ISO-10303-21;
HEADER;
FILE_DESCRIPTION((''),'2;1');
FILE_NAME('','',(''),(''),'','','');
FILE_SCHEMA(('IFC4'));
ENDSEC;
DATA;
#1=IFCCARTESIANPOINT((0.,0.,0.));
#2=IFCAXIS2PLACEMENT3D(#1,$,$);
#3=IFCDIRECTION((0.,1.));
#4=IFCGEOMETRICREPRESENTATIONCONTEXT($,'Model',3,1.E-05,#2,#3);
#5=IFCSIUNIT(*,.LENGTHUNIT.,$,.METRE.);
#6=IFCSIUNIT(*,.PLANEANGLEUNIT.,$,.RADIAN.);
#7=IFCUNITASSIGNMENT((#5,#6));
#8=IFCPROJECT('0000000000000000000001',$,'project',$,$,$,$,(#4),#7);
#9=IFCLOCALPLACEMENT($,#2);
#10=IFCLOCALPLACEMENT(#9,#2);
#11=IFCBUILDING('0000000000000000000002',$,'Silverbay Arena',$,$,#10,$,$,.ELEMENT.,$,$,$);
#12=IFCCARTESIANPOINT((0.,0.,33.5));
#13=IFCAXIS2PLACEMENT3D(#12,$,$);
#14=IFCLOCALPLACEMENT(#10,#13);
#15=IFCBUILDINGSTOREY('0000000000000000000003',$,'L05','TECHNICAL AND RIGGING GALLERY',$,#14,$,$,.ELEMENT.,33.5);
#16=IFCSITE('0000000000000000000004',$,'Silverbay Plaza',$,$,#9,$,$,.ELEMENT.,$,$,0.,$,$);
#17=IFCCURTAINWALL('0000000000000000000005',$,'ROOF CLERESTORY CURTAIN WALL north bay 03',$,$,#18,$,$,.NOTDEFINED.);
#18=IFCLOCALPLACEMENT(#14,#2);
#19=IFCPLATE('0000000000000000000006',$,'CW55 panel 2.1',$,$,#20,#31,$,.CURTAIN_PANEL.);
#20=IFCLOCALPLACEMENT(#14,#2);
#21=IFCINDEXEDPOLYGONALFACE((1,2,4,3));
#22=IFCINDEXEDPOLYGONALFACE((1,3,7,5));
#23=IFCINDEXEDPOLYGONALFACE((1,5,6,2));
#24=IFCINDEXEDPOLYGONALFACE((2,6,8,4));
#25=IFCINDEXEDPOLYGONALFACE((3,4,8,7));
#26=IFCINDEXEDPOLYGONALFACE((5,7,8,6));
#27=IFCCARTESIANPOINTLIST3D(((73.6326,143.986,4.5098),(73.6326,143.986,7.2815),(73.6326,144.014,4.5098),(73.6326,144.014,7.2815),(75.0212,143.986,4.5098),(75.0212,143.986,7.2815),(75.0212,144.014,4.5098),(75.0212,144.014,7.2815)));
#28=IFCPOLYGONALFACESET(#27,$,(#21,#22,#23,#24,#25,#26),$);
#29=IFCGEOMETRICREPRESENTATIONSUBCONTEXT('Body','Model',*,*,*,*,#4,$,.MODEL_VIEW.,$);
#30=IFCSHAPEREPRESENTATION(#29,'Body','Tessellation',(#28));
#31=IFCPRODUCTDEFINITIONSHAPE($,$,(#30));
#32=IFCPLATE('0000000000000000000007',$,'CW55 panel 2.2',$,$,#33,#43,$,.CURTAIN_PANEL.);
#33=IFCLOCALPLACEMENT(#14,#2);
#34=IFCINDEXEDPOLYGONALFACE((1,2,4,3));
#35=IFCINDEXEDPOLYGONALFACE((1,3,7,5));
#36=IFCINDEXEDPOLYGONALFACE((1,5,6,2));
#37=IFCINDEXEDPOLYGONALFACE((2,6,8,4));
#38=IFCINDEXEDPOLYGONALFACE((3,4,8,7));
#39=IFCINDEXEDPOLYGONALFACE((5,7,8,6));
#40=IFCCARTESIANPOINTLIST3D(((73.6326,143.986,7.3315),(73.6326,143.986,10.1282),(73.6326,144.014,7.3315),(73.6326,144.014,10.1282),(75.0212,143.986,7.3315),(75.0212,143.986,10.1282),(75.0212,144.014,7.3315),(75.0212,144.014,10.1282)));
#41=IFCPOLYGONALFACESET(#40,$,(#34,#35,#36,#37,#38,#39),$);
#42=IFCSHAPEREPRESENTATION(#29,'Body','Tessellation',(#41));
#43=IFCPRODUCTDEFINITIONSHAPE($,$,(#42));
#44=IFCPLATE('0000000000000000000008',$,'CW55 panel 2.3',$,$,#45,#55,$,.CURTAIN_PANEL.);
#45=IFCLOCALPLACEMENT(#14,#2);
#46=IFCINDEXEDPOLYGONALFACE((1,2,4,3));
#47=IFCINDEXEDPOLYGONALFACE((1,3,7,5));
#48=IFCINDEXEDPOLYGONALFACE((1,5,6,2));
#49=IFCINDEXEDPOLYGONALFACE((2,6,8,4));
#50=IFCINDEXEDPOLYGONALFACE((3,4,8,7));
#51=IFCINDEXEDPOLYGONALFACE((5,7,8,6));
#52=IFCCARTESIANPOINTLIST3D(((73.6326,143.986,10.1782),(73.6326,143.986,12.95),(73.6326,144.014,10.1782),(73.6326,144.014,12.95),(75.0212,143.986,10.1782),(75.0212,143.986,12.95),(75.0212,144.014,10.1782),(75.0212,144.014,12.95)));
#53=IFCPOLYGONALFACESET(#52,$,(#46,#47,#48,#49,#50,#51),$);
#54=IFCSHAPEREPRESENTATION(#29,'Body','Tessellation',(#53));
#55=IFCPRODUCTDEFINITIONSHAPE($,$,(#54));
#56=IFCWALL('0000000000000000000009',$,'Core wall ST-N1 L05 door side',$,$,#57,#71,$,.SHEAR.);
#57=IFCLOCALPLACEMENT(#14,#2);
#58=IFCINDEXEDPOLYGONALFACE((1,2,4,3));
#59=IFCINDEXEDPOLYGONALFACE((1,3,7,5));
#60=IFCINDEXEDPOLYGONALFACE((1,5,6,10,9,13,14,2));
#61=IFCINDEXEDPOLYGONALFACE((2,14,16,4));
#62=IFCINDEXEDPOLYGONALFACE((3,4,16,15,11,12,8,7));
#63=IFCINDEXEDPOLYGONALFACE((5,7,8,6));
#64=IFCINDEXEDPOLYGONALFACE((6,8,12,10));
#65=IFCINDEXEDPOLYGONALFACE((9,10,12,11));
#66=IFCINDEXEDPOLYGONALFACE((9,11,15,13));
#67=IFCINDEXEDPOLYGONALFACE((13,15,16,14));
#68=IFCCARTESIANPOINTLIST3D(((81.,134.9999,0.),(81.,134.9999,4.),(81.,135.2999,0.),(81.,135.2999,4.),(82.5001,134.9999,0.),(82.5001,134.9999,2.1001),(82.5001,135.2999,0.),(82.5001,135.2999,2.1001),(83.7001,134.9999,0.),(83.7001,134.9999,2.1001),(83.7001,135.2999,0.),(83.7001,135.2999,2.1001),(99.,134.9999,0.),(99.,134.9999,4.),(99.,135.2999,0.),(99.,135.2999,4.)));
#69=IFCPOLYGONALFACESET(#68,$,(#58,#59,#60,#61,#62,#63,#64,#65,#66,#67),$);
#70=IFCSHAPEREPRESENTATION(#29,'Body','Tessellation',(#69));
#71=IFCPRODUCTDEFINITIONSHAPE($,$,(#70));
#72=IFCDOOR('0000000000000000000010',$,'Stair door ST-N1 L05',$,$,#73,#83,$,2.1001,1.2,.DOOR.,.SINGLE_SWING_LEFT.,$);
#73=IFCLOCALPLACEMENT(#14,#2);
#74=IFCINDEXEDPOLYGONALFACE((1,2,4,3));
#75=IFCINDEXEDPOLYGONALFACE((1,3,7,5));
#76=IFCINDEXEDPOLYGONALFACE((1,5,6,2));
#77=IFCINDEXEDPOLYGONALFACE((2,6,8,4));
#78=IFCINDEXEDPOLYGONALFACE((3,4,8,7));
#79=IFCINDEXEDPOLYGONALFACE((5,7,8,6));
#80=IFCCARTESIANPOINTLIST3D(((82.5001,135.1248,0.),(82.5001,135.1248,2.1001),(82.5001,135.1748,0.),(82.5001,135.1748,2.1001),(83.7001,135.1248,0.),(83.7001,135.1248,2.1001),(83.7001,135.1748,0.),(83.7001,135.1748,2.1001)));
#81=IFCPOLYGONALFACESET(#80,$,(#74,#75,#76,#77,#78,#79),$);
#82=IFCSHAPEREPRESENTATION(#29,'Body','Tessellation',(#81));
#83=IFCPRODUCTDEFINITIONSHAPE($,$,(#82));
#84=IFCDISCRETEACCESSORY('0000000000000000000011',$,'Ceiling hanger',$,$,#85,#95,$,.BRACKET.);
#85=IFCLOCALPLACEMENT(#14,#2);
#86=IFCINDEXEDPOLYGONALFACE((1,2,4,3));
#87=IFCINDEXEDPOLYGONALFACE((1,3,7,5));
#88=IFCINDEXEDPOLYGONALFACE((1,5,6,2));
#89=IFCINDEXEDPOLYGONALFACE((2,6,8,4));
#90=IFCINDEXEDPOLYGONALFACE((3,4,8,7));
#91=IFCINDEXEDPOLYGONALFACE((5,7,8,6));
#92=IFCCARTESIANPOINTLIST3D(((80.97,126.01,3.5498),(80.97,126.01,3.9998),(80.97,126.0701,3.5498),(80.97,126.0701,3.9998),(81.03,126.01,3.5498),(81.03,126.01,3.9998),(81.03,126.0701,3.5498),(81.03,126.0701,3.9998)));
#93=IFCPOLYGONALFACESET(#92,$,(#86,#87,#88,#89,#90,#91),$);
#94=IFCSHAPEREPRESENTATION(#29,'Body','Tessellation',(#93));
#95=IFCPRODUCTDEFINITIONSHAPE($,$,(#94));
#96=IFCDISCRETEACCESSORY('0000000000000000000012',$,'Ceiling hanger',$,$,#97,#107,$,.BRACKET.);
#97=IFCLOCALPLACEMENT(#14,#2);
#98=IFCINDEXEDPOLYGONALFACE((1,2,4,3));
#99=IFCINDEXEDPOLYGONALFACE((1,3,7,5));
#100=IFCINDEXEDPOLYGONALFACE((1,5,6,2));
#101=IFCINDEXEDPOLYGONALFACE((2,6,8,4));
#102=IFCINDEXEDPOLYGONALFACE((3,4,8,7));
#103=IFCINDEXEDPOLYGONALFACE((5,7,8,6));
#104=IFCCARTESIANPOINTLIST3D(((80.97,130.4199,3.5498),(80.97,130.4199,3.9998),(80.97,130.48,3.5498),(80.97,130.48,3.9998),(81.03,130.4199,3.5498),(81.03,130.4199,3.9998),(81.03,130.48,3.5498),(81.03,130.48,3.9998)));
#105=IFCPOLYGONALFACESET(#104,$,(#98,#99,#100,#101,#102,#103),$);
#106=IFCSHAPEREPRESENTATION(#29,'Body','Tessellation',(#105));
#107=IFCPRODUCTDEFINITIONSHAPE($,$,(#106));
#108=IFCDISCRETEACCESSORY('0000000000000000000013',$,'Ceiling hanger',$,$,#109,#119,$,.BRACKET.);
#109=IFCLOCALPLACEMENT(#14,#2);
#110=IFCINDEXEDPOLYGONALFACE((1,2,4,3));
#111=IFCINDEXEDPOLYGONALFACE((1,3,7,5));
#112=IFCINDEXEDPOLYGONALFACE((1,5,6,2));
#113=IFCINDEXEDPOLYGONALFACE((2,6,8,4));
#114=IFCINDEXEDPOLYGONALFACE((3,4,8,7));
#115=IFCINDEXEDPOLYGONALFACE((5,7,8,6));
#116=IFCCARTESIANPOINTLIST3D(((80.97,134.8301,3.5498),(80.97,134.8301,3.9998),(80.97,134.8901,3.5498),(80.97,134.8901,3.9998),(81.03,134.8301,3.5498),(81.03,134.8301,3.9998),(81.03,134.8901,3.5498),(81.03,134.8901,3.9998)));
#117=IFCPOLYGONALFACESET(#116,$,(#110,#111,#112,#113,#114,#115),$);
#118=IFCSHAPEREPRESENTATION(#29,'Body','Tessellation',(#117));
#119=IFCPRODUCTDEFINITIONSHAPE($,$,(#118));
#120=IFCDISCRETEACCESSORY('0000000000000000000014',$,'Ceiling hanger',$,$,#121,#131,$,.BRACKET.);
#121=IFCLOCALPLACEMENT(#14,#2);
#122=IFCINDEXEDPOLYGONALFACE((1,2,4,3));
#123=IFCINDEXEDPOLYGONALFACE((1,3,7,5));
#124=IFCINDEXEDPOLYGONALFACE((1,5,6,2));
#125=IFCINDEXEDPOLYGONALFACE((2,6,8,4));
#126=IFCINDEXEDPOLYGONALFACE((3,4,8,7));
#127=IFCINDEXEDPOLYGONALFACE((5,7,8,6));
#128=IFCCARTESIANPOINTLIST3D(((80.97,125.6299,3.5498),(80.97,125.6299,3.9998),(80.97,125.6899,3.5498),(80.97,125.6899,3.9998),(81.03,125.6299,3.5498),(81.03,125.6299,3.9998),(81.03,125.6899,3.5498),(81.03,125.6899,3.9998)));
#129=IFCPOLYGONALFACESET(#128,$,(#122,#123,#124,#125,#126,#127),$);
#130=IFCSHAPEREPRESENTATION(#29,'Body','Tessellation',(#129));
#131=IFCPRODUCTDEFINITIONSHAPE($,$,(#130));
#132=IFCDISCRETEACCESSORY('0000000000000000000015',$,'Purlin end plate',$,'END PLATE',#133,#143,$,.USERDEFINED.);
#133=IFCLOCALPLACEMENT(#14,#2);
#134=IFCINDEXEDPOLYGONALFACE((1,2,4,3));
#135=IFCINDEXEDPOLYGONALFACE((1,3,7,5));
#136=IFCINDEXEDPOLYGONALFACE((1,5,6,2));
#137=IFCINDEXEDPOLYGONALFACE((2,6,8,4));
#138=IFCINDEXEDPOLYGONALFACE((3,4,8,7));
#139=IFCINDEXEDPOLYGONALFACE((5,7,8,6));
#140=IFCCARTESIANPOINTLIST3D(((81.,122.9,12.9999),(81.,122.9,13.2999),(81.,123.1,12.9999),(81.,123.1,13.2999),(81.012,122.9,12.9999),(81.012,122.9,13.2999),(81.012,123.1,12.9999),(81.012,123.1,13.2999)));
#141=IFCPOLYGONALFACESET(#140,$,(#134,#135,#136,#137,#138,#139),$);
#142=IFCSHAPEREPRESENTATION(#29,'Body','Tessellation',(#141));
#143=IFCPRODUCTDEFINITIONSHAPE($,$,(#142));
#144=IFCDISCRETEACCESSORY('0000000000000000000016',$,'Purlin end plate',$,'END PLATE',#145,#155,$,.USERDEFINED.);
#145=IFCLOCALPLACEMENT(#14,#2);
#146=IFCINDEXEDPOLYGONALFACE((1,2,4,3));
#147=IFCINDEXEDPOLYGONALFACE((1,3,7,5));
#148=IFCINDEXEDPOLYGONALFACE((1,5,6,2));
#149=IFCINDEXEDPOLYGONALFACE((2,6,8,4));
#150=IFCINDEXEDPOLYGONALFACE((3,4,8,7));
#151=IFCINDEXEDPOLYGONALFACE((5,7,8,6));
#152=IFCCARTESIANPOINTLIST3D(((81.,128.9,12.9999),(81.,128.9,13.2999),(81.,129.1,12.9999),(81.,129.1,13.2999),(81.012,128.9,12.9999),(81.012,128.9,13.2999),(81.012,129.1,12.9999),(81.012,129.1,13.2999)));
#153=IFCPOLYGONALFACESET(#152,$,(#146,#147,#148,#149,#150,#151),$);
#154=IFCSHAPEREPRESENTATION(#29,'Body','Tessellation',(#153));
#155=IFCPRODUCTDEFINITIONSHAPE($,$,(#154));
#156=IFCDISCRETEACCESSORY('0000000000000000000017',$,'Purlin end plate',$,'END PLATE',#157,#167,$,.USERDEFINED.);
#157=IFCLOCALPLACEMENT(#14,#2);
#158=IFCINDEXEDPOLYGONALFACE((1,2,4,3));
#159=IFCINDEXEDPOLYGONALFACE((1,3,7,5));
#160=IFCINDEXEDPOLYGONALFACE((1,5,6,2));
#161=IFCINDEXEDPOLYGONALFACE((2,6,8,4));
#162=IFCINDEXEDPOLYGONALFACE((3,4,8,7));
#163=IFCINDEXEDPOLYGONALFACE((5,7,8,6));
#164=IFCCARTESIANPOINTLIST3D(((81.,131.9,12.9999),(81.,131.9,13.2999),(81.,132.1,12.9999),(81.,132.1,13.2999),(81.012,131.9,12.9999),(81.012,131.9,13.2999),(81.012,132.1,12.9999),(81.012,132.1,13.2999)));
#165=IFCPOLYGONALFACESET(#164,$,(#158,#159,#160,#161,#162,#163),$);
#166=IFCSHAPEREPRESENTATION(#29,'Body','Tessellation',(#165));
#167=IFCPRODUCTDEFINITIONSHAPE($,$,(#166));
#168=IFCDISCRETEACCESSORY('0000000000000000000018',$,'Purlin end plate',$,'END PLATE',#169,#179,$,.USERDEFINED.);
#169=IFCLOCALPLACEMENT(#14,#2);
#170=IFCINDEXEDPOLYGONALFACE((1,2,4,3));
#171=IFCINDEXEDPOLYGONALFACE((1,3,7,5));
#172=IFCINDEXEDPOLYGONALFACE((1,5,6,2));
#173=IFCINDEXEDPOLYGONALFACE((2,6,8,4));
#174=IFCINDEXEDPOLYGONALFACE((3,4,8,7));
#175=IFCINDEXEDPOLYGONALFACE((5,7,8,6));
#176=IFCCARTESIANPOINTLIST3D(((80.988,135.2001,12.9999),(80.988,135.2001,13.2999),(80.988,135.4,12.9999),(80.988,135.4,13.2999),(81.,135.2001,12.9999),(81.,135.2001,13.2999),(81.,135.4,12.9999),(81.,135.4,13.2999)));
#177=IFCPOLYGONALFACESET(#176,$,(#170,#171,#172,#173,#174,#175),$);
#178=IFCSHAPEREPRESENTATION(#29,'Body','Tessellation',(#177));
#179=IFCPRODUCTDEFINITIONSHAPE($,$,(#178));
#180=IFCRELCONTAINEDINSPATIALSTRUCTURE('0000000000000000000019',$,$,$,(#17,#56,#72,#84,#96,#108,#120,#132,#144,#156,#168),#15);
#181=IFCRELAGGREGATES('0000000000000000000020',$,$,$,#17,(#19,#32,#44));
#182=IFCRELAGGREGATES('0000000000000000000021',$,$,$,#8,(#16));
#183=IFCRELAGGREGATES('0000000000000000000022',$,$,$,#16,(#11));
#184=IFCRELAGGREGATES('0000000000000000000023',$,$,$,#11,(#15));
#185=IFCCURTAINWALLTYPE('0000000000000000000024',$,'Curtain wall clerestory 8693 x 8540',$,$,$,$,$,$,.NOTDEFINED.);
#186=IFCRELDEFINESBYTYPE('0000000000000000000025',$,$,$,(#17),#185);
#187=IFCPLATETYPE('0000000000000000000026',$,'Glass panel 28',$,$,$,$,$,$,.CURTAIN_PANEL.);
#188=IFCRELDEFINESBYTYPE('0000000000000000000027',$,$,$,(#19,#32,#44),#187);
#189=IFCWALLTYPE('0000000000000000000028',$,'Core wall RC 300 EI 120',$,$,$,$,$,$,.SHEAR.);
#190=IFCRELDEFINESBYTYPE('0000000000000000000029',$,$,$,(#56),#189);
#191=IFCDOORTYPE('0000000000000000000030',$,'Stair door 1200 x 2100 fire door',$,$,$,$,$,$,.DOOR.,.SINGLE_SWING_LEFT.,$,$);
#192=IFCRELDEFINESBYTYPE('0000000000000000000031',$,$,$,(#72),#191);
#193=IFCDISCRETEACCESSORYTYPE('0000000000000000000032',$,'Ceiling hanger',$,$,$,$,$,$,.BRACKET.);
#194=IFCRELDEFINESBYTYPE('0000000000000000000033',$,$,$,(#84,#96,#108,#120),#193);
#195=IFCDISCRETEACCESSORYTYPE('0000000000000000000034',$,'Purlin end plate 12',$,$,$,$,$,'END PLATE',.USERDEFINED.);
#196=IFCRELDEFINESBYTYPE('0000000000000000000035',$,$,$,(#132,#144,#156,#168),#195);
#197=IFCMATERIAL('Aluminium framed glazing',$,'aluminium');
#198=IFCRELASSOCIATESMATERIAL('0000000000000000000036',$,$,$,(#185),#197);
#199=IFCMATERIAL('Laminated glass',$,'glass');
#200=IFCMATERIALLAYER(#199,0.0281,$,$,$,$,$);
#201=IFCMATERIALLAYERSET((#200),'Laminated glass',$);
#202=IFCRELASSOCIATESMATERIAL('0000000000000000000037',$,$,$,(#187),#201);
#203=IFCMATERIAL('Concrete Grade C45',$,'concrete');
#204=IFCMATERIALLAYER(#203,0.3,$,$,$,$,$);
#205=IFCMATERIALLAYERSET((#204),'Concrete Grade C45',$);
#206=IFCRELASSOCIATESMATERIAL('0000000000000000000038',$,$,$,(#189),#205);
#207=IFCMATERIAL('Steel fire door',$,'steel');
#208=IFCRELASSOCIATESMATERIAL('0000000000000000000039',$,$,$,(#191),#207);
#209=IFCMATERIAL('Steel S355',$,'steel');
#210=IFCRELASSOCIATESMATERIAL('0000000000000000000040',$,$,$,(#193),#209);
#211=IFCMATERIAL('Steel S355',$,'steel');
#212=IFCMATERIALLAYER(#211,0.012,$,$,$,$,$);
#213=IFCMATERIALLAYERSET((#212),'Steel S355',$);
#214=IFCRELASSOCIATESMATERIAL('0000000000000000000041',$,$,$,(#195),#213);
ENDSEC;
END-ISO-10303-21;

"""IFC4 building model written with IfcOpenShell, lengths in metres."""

from ifc_helpers import new_model, si_unit, direction, frame, frame_2d, origin, origin_2d, place, context, subcontext, project, spatial, rectangle, extrude, material, layer, layer_set, type_object, element, fill, aggregate, save


model = new_model("IFC4")

# Units and contexts
model_context = context("Model", 3, precision=1e-05, world=origin(), true_north=direction((0.0, 1.0)))
body_context = subcontext(model_context, "Body", "Model", "MODEL_VIEW")
ifc_project = project(units=[si_unit("LENGTHUNIT", "METRE"), si_unit("PLANEANGLEUNIT", "RADIAN")], contexts=[model_context])

# Site, building, storey
site_placement = place(None, origin())
site = spatial("IfcSite", under=ifc_project, at=site_placement, Name="Silverbay Plaza", CompositionType="ELEMENT", RefElevation=0.0)
building_placement = place(site_placement, origin())
building = spatial("IfcBuilding", under=site, at=building_placement, Name="Silverbay Arena", CompositionType="ELEMENT")
storey_placement = place(building_placement, frame((0.0, 0.0, 33.5)))
storey = spatial("IfcBuildingStorey", under=building, at=storey_placement, Name="L05", Description="TECHNICAL AND RIGGING GALLERY", CompositionType="ELEMENT", Elevation=33.5)

# Curtain wall, plates
ifc_material_1 = material(Name="Aluminium framed glazing", Category="aluminium")
curtain_wall_type = type_object("IfcCurtainWallType", Name="Curtain wall clerestory 8693 x 8540", PredefinedType="NOTDEFINED", material=ifc_material_1)
curtain_wall_placement = place(storey_placement, origin())
curtain_wall = element("IfcCurtainWall", 1, at=curtain_wall_placement, inside=storey, type_object=curtain_wall_type, Name="ROOF CLERESTORY CURTAIN WALL north bay 03", PredefinedType="NOTDEFINED")
ifc_material_2 = material(Name="Laminated glass", Category="glass")
ifc_layer_1 = layer(ifc_material_2, 0.0281)
ifc_layer_set_1 = layer_set([ifc_layer_1], Name="Laminated glass")
plate_type = type_object("IfcPlateType", Name="Glass panel 28", PredefinedType="CURTAIN_PANEL", material=ifc_layer_set_1)
plate_1_placement = place(storey_placement, frame((74.3269, 144.0, 4.5098), z_axis=(0.0, 0.0, 1.0), x_axis=(1.0, 0.0, 0.0)))
plate_1 = element("IfcPlate", 2, at=plate_1_placement, type_object=plate_type, Name="CW55 panel 2.1", PredefinedType="CURTAIN_PANEL", context=body_context, shape_type="SweptSolid", body=[
    extrude(rectangle(XDim=1.3887, YDim=0.0281, at=origin_2d()), origin(), (0.0, 0.0, 1.0), 2.7717),
])
plate_2_placement = place(storey_placement, frame((74.3269, 144.0, 7.3315), z_axis=(0.0, 0.0, 1.0), x_axis=(1.0, 0.0, 0.0)))
plate_2 = element("IfcPlate", 3, at=plate_2_placement, type_object=plate_type, Name="CW55 panel 2.2", PredefinedType="CURTAIN_PANEL", context=body_context, shape_type="SweptSolid", body=[
    extrude(rectangle(XDim=1.3887, YDim=0.0281, at=origin_2d()), origin(), (0.0, 0.0, 1.0), 2.7966),
])
plate_3_placement = place(storey_placement, frame((74.3269, 144.0, 10.1782), z_axis=(0.0, 0.0, 1.0), x_axis=(1.0, 0.0, 0.0)))
plate_3 = element("IfcPlate", 4, at=plate_3_placement, type_object=plate_type, Name="CW55 panel 2.3", PredefinedType="CURTAIN_PANEL", context=body_context, shape_type="SweptSolid", body=[
    extrude(rectangle(XDim=1.3887, YDim=0.0281, at=origin_2d()), origin(), (0.0, 0.0, 1.0), 2.7717),
])
aggregate(curtain_wall, [plate_1, plate_2, plate_3])

# Wall, opening, door
ifc_material_3 = material(Name="Concrete Grade C45", Category="concrete")
ifc_layer_2 = layer(ifc_material_3, 0.3)
ifc_layer_set_2 = layer_set([ifc_layer_2], Name="Concrete Grade C45")
wall_type = type_object("IfcWallType", Name="Core wall RC 300 EI 120", PredefinedType="SHEAR", material=ifc_layer_set_2)
wall_placement = place(storey_placement, frame((81.0, 135.1499, 0.0), z_axis=(0.0, 0.0, 1.0), x_axis=(1.0, 0.0, 0.0)))
wall = element("IfcWall", 5, at=wall_placement, inside=storey, type_object=wall_type, Name="Core wall ST-N1 L05 door side", PredefinedType="SHEAR", context=body_context, shape_type="SweptSolid", body=[
    extrude(rectangle(XDim=18.0, YDim=0.3, at=frame_2d((9.0, 0.0))), origin(), (0.0, 0.0, 1.0), 4.0),
])
opening_placement = place(wall_placement, frame((1.5, 0.0, 0.0)))
opening = element("IfcOpeningElement", 6, at=opening_placement, cuts=wall, PredefinedType="OPENING", context=body_context, shape_type="SweptSolid", body=[
    extrude(rectangle(XDim=1.2, YDim=2.1001, at=frame_2d((0.6001, 1.05))), frame((0.0, 0.1602, 0.0), z_axis=(0.0, -1.0, 0.0), x_axis=(1.0, 0.0, 0.0)), (0.0, 0.0, 1.0), 0.3201),
])
ifc_material_4 = material(Name="Steel fire door", Category="steel")
door_type = type_object("IfcDoorType", Name="Stair door 1200 x 2100 fire door", OperationType="SINGLE_SWING_LEFT", PredefinedType="DOOR", material=ifc_material_4)
door_placement = place(opening_placement, origin())
door = element("IfcDoor", 7, at=door_placement, inside=storey, type_object=door_type, Name="Stair door ST-N1 L05", OperationType="SINGLE_SWING_LEFT", OverallHeight=2.1001, OverallWidth=1.2, PredefinedType="DOOR", context=body_context, shape_type="SweptSolid", body=[
    extrude(rectangle(XDim=1.2, YDim=2.1001, at=frame_2d((0.6001, 1.05))), frame((0.0, 0.0249, 0.0), z_axis=(0.0, -1.0, 0.0), x_axis=(1.0, 0.0, 0.0)), (0.0, 0.0, 1.0), 0.05),
])
fill(opening, door)

# Discrete accessories
ifc_material_5 = material(Name="Steel S355", Category="steel")
discrete_accessory_type_1 = type_object("IfcDiscreteAccessoryType", Name="Ceiling hanger", PredefinedType="BRACKET", material=ifc_material_5)
for number, where, z_axis, x_axis, name in (
    (8, (81.0, 126.04, 3.5498), (0.0, 0.0, 1.0), (1.0, 0.0, 0.0), "Ceiling hanger"),
    (9, (81.0, 130.45, 3.5498), (0.0, 0.0, 1.0), (1.0, 0.0, 0.0), "Ceiling hanger"),
    (10, (81.0, 134.8601, 3.5498), (0.0, 0.0, 1.0), (1.0, 0.0, 0.0), "Ceiling hanger"),
    (11, (81.0, 125.6599, 3.5498), (0.0, 0.0, 1.0), (1.0, 0.0, 0.0), "Ceiling hanger"),
):
    element("IfcDiscreteAccessory", number, at=place(storey_placement, frame(where, z_axis=z_axis, x_axis=x_axis)), inside=storey, type_object=discrete_accessory_type_1, Name=name, PredefinedType="BRACKET", context=body_context, shape_type="SweptSolid", body=[
        extrude(rectangle(XDim=0.0601, YDim=0.0601, at=origin_2d()), origin(), (0.0, 0.0, 1.0), 0.45),
    ])
ifc_material_6 = material(Name="Steel S355", Category="steel")
ifc_layer_3 = layer(ifc_material_6, 0.012)
ifc_layer_set_3 = layer_set([ifc_layer_3], Name="Steel S355")
discrete_accessory_type_2 = type_object("IfcDiscreteAccessoryType", Name="Purlin end plate 12", ElementType="END PLATE", PredefinedType="USERDEFINED", material=ifc_layer_set_3)
for number, where, z_axis, x_axis, name in (
    (12, (81.0, 123.0, 13.1499), (1.0, 0.0, 0.0), (0.0, 1.0, 0.0), "Purlin end plate"),
    (13, (81.0, 129.0, 13.1499), (1.0, 0.0, 0.0), (0.0, 1.0, 0.0), "Purlin end plate"),
    (14, (81.0, 132.0, 13.1499), (1.0, 0.0, 0.0), (0.0, 1.0, 0.0), "Purlin end plate"),
    (15, (81.0, 135.3, 13.1499), (-1.0, 0.0, 0.0), (0.0, -1.0, 0.0), "Purlin end plate"),
):
    element("IfcDiscreteAccessory", number, at=place(storey_placement, frame(where, z_axis=z_axis, x_axis=x_axis)), inside=storey, type_object=discrete_accessory_type_2, Name=name, ObjectType="END PLATE", PredefinedType="USERDEFINED", context=body_context, shape_type="SweptSolid", body=[
        extrude(rectangle(XDim=0.2, YDim=0.3, at=origin_2d()), origin(), (0.0, 0.0, 1.0), 0.012),
    ])

save(model, "model.ifc")
